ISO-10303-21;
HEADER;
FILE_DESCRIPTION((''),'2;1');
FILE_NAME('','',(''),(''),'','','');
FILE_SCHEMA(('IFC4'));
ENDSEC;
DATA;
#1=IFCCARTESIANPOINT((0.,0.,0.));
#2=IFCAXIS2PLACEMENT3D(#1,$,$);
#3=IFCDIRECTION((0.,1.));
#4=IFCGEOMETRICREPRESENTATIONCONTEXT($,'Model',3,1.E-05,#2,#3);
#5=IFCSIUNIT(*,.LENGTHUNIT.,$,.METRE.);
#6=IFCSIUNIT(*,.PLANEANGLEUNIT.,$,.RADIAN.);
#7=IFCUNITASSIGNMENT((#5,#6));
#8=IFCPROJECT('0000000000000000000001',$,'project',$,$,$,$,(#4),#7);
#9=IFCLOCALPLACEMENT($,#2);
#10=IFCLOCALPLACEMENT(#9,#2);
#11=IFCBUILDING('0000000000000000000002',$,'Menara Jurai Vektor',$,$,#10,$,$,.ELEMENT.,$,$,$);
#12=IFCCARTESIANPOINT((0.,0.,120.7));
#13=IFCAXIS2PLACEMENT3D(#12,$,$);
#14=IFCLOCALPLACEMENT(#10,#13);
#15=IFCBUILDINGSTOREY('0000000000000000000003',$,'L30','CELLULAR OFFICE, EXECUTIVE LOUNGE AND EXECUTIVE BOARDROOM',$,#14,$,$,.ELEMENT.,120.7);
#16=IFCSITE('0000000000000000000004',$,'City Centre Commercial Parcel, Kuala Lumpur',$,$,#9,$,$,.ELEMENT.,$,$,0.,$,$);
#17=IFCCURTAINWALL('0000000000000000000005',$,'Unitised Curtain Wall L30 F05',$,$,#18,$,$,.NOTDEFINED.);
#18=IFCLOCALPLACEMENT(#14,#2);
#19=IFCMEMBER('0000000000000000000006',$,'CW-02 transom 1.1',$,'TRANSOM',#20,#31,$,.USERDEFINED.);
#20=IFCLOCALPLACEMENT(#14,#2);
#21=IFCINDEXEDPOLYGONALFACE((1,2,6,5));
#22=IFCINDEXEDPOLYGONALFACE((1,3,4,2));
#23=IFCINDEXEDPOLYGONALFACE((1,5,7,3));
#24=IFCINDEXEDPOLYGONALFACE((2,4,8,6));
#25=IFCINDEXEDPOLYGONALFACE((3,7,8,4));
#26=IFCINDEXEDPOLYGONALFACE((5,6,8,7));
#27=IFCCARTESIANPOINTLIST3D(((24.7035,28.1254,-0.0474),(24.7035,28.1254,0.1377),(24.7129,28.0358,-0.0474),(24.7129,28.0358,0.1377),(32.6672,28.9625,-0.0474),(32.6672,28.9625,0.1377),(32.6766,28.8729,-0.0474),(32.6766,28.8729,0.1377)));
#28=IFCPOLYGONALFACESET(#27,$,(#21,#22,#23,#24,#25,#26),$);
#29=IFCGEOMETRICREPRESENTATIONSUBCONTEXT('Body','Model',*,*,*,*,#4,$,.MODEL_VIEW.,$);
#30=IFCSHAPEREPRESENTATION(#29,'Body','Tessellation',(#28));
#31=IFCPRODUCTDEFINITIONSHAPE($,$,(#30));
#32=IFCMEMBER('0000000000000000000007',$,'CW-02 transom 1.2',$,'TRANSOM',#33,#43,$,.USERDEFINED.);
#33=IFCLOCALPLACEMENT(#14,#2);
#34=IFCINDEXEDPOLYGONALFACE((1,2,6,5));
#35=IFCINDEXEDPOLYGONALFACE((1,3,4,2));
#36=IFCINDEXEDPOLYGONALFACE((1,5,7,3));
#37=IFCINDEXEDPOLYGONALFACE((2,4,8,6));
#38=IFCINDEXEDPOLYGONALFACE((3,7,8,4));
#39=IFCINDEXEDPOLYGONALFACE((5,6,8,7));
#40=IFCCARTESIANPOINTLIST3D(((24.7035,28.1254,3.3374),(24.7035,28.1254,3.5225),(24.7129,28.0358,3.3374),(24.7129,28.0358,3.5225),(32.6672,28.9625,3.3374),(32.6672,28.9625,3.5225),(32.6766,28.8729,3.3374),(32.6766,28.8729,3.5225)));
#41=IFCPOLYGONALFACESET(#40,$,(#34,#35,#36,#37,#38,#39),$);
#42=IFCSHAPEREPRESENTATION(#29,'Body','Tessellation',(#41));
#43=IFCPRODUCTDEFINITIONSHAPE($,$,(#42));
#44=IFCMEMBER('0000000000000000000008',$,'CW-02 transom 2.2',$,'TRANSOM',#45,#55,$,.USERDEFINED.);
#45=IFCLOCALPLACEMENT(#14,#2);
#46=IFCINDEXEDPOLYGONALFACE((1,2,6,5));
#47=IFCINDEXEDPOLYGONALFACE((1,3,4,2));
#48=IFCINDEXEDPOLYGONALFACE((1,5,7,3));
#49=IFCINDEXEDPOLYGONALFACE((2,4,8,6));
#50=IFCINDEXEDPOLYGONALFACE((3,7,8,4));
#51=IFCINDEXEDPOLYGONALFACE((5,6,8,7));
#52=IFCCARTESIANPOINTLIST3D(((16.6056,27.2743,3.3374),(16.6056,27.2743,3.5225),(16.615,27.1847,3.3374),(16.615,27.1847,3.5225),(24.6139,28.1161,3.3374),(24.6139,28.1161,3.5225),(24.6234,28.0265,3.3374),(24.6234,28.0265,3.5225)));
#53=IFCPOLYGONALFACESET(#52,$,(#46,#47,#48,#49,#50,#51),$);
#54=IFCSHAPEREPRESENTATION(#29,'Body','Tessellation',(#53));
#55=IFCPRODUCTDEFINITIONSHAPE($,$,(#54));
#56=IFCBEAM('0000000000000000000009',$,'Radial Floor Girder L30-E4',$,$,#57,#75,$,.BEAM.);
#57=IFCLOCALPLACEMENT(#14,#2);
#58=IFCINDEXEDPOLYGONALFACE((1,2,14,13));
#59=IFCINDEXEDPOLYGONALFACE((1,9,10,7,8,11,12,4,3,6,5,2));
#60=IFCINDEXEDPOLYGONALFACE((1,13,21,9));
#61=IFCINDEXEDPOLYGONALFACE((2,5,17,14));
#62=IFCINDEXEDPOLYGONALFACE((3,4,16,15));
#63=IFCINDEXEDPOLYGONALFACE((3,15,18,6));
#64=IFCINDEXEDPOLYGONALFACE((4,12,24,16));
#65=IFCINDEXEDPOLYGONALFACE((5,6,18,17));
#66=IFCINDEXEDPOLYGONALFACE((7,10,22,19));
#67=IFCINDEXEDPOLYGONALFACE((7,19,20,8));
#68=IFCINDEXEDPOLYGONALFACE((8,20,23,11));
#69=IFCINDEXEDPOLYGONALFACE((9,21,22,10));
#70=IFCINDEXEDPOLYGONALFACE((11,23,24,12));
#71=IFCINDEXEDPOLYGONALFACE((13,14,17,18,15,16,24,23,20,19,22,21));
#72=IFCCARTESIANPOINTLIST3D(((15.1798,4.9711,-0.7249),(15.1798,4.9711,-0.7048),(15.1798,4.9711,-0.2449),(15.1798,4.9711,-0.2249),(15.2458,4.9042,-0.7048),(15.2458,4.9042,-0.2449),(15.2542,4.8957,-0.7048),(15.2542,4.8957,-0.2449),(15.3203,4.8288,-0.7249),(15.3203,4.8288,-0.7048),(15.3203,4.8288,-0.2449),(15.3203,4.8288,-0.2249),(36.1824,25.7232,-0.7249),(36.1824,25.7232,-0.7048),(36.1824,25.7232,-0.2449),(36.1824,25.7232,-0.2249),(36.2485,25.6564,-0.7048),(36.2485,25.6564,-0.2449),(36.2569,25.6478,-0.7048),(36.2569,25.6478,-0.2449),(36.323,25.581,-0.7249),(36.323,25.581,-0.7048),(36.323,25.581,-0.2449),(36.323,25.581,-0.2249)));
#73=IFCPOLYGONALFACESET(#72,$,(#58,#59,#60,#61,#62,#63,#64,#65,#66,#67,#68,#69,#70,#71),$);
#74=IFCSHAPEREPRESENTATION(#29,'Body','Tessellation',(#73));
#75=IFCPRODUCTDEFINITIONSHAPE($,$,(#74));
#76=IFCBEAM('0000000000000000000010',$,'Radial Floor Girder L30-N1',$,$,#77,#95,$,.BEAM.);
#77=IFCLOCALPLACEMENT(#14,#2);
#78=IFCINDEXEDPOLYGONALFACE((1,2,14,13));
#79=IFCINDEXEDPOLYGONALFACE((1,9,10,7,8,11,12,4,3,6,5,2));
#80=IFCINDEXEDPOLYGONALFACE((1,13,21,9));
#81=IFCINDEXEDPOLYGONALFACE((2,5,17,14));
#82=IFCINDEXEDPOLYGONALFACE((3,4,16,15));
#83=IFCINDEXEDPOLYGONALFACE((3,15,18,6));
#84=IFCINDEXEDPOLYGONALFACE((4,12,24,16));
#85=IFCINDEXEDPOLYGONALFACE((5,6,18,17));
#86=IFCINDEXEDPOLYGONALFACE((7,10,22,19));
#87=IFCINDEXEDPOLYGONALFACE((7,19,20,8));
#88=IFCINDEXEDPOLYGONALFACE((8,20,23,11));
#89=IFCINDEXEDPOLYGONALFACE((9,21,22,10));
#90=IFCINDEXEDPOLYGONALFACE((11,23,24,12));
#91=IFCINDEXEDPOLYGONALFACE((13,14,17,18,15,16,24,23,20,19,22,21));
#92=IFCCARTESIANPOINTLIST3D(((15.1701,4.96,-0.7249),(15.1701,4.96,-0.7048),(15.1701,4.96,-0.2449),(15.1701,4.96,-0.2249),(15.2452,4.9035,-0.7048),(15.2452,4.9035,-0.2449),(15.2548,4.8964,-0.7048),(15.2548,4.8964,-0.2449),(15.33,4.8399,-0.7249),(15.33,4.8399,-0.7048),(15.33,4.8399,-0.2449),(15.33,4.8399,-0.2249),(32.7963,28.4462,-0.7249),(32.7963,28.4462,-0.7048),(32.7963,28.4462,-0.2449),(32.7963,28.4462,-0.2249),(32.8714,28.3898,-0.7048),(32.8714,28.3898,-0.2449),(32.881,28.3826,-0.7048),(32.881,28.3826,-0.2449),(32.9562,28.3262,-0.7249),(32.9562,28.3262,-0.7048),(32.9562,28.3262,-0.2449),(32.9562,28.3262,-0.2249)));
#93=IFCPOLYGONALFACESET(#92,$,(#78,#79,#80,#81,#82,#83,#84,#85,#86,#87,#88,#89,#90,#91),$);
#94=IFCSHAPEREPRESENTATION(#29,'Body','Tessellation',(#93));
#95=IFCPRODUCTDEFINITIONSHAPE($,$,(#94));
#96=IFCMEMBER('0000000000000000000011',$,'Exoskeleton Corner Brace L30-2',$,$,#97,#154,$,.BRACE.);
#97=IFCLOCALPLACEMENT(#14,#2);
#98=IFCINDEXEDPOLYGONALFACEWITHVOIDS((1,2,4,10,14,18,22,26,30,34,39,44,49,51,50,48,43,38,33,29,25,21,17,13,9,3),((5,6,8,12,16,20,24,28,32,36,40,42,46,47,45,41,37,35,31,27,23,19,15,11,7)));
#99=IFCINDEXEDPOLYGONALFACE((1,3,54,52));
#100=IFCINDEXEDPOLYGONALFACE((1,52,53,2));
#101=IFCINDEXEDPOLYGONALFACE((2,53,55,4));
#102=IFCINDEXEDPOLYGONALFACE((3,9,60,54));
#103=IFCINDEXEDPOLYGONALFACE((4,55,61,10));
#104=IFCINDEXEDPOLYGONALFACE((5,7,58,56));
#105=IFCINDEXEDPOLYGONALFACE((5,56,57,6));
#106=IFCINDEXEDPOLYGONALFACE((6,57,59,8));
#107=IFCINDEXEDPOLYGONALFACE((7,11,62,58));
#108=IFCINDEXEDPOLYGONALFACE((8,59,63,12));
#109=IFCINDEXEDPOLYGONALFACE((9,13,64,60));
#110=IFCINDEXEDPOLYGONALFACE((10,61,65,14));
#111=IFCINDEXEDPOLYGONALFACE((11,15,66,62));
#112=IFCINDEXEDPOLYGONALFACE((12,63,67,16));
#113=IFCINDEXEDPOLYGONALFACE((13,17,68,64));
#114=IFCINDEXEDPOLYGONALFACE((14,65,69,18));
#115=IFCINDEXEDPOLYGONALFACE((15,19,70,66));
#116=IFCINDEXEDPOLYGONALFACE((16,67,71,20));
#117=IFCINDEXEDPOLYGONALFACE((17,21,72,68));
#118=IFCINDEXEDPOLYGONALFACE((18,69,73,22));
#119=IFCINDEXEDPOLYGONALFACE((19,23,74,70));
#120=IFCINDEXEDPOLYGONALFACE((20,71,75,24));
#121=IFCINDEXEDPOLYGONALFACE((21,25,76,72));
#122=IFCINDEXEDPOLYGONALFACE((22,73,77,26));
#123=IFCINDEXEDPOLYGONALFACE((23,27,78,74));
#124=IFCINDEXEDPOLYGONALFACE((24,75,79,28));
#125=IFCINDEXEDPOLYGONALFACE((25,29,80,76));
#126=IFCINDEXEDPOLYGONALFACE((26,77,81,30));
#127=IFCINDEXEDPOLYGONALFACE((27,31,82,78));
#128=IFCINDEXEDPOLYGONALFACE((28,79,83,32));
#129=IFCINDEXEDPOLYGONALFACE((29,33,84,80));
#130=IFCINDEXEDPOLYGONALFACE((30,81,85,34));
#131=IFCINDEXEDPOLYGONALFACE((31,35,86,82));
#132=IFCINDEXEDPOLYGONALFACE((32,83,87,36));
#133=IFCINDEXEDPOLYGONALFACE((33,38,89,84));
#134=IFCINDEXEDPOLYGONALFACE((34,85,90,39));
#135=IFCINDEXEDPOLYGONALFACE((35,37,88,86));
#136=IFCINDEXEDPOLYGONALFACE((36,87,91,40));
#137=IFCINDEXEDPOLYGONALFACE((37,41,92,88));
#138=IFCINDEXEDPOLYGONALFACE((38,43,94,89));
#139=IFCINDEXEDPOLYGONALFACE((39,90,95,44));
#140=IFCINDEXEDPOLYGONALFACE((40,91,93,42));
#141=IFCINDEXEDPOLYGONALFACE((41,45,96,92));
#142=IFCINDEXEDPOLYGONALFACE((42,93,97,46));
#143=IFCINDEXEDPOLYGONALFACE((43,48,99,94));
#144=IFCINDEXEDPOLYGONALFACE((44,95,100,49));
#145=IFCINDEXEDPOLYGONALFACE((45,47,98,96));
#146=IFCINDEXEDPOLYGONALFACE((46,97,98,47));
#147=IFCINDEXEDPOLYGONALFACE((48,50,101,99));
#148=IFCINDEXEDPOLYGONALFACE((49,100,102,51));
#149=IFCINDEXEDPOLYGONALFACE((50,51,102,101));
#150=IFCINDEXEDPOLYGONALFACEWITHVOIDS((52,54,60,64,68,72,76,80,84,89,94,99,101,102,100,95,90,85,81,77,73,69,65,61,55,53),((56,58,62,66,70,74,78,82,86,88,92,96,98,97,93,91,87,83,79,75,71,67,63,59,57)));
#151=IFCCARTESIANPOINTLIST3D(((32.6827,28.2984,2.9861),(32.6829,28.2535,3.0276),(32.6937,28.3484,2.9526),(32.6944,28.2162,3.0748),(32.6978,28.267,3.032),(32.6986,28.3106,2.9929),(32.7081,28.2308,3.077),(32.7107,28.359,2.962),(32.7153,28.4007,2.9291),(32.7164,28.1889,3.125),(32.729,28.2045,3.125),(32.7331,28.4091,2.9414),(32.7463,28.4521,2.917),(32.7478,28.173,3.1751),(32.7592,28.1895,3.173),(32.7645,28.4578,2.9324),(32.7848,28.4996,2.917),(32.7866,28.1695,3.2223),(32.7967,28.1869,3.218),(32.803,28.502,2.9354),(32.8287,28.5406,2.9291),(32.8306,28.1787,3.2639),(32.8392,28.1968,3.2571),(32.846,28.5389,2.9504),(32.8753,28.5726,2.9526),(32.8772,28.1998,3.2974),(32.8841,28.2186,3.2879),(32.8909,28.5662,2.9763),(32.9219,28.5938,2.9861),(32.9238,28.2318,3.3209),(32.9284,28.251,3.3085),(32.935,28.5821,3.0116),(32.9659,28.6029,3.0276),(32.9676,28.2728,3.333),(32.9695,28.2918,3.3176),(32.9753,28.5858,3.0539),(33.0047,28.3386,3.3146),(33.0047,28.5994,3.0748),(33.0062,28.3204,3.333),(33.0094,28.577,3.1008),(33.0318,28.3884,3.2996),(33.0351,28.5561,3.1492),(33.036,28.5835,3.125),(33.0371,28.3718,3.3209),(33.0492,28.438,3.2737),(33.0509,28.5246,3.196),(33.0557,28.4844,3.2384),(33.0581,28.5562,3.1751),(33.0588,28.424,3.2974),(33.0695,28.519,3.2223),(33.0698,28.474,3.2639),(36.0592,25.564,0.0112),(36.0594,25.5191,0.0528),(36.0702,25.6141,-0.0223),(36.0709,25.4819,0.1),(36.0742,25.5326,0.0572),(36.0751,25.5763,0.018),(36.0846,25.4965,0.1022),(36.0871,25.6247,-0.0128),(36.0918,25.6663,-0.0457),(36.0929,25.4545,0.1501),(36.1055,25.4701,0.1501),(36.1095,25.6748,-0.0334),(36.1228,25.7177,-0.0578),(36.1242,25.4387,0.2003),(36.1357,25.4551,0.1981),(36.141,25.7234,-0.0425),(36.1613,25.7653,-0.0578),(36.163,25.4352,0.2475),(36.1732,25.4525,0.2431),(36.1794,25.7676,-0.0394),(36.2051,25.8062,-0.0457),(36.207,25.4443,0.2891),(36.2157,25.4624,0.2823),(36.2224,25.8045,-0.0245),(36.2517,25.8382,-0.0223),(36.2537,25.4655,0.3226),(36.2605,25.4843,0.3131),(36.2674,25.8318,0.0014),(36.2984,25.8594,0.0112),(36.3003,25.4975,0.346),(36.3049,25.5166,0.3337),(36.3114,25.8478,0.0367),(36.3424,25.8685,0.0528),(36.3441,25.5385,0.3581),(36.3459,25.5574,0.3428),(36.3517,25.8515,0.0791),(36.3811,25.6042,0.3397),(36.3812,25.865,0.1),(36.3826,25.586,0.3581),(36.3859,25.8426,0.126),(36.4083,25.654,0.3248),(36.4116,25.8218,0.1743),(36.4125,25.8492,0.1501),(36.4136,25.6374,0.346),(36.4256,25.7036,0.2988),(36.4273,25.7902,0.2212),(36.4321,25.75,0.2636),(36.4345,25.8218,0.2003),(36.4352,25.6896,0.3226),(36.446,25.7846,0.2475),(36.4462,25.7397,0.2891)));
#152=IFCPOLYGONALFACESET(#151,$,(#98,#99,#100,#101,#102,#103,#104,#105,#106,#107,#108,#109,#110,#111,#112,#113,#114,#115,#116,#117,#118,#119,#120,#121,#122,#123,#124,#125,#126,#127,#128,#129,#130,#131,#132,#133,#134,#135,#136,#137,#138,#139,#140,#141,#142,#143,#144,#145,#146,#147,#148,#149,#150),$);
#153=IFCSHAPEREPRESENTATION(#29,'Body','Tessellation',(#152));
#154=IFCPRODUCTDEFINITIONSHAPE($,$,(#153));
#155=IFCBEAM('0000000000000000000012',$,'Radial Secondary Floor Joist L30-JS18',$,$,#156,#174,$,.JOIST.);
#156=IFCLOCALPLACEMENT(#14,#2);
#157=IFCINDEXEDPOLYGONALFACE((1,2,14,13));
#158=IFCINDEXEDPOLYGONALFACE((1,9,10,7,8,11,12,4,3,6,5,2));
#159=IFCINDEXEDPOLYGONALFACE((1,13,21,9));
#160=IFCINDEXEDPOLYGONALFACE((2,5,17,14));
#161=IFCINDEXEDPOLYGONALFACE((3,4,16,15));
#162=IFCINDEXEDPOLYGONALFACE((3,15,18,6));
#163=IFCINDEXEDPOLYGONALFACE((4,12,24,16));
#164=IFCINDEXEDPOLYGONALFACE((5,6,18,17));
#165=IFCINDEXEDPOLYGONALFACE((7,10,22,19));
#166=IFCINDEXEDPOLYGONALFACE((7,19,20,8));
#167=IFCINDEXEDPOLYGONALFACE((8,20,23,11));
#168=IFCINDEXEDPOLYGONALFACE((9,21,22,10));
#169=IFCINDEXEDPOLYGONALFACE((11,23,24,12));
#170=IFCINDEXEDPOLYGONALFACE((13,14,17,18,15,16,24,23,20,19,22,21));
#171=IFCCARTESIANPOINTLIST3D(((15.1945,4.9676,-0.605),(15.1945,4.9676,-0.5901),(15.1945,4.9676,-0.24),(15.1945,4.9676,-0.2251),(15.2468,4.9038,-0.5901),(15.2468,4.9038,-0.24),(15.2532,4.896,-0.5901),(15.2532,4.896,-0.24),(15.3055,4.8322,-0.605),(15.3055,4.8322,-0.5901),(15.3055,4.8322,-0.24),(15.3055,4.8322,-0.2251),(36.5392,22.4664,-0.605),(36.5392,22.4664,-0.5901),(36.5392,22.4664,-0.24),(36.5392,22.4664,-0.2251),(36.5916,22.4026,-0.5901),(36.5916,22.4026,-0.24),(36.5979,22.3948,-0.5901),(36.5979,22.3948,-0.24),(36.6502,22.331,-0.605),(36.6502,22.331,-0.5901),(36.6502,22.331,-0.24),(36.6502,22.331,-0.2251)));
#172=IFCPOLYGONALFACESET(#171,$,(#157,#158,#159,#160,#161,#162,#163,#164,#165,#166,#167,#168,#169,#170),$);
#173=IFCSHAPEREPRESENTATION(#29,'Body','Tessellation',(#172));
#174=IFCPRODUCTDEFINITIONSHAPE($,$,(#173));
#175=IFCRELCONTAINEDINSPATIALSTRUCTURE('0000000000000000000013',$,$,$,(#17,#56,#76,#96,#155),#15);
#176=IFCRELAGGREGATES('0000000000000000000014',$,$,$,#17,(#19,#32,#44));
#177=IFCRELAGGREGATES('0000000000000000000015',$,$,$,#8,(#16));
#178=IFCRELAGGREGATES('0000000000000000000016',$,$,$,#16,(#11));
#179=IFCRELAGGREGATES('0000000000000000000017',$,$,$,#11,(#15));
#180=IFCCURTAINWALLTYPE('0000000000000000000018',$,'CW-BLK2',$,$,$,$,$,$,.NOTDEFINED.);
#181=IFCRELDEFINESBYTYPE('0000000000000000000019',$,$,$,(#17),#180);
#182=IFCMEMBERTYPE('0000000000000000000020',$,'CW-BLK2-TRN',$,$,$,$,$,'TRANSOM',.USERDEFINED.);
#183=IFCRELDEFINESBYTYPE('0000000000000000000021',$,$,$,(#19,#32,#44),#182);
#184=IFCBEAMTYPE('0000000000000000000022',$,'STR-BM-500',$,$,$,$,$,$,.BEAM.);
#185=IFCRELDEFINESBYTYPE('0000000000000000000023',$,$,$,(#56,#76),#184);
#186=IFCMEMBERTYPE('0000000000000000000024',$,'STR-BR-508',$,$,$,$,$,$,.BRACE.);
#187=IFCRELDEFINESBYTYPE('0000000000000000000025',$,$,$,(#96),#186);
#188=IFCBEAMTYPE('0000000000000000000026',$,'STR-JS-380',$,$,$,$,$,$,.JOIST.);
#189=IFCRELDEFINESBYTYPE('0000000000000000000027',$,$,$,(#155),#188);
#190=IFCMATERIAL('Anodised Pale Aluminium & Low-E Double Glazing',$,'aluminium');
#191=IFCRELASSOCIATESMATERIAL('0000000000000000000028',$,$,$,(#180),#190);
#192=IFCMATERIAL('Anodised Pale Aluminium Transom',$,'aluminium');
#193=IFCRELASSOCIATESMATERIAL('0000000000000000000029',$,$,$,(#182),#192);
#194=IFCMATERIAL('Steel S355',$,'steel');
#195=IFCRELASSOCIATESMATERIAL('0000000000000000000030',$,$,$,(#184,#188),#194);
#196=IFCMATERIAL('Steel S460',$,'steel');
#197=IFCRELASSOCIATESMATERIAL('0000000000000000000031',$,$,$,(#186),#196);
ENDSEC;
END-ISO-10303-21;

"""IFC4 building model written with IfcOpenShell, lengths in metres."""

from ifc_helpers import new_model, si_unit, direction, frame, origin, origin_2d, place, context, subcontext, project, spatial, rectangle, hollow_circle, i_section, extrude, material, material_profile, profile_set, type_object, element, aggregate, save


model = new_model("IFC4")

# Units and contexts
model_context = context("Model", 3, precision=1e-05, world=origin(), true_north=direction((0.0, 1.0)))
body_context = subcontext(model_context, "Body", "Model", "MODEL_VIEW")
ifc_project = project(units=[si_unit("LENGTHUNIT", "METRE"), si_unit("PLANEANGLEUNIT", "RADIAN")], contexts=[model_context])

# Site, building, storey
site_placement = place(None, origin())
site = spatial("IfcSite", under=ifc_project, at=site_placement, Name="City Centre Commercial Parcel, Kuala Lumpur", CompositionType="ELEMENT", RefElevation=0.0)
building_placement = place(site_placement, origin())
building = spatial("IfcBuilding", under=site, at=building_placement, Name="Menara Jurai Vektor", CompositionType="ELEMENT")
storey_placement = place(building_placement, frame((0.0, 0.0, 120.7)))
storey = spatial("IfcBuildingStorey", under=building, at=storey_placement, Name="L30", Description="CELLULAR OFFICE, EXECUTIVE LOUNGE AND EXECUTIVE BOARDROOM", CompositionType="ELEMENT", Elevation=120.7)

# Shared definitions
ifc_material_1 = material(Name="Steel S460", Category="steel")

# Shared definitions
ifc_material_2 = material(Name="Anodised Pale Aluminium & Low-E Double Glazing", Category="aluminium")
curtain_wall_type = type_object("IfcCurtainWallType", Name="CW-BLK2", PredefinedType="NOTDEFINED", material=ifc_material_2)

# Curtain wall
curtain_wall_1_placement = place(storey_placement, origin())
curtain_wall_1 = element("IfcCurtainWall", 1, at=curtain_wall_1_placement, inside=storey, type_object=curtain_wall_type, Name="Unitised Curtain Wall L30 F05", PredefinedType="NOTDEFINED")

# Members
ifc_material_3 = material(Name="Anodised Pale Aluminium Transom", Category="aluminium")
ifc_material_profile_1 = material_profile(ifc_material_3, rectangle(XDim=0.0901, YDim=0.1851, at=origin_2d()), Name="ALU TRN 90x185")
ifc_profile_set_1 = profile_set([ifc_material_profile_1], Name="Anodised Pale Aluminium Transom")
member_type_1 = type_object("IfcMemberType", Name="CW-BLK2-TRN", ElementType="TRANSOM", PredefinedType="USERDEFINED", material=ifc_profile_set_1)
member_1_placement = place(storey_placement, frame((32.6719, 28.9177, 0.0452), z_axis=(-0.99452, -0.104547, 0.0), x_axis=(0.104547, -0.99452, 0.0)))
member_1 = element("IfcMember", 2, at=member_1_placement, type_object=member_type_1, Name="CW-02 transom 1.1", ObjectType="TRANSOM", PredefinedType="USERDEFINED", context=body_context, shape_type="SweptSolid", body=[
    extrude(rectangle(XDim=0.0901, YDim=0.1851, at=origin_2d()), origin(), (0.0, 0.0, 1.0), 8.0076),
])
member_2_placement = place(storey_placement, frame((32.6719, 28.9177, 3.4299), z_axis=(-0.99452, -0.104547, 0.0), x_axis=(0.104547, -0.99452, 0.0)))
member_2 = element("IfcMember", 3, at=member_2_placement, type_object=member_type_1, Name="CW-02 transom 1.2", ObjectType="TRANSOM", PredefinedType="USERDEFINED", context=body_context, shape_type="SweptSolid", body=[
    extrude(rectangle(XDim=0.0901, YDim=0.1851, at=origin_2d()), origin(), (0.0, 0.0, 1.0), 8.0076),
])
member_3_placement = place(storey_placement, frame((24.6187, 28.0713, 3.4299), z_axis=(-0.994521, -0.10454, 0.0), x_axis=(0.10454, -0.994521, 0.0)))
member_3 = element("IfcMember", 4, at=member_3_placement, type_object=member_type_1, Name="CW-02 transom 2.2", ObjectType="TRANSOM", PredefinedType="USERDEFINED", context=body_context, shape_type="SweptSolid", body=[
    extrude(rectangle(XDim=0.0901, YDim=0.1851, at=origin_2d()), origin(), (0.0, 0.0, 1.0), 8.0525),
])

# Beams
ifc_material_4 = material(Name="Steel S355", Category="steel")
ifc_material_profile_2 = material_profile(ifc_material_4, i_section(OverallWidth=0.2, OverallDepth=0.5, WebThickness=0.012, FlangeThickness=0.02, at=origin_2d()), Name="PG 500x200x96")
ifc_profile_set_2 = profile_set([ifc_material_profile_2], Name="Steel S355")
beam_type_1 = type_object("IfcBeamType", Name="STR-BM-500", PredefinedType="BEAM", material=ifc_profile_set_2)
beam_1_placement = place(storey_placement, frame((36.2527, 25.6521, -0.4749), z_axis=(-0.711336, -0.702852, 0.0), x_axis=(0.702852, -0.711336, 0.0)))
element("IfcBeam", 5, at=beam_1_placement, inside=storey, type_object=beam_type_1, Name="Radial Floor Girder L30-E4", PredefinedType="BEAM", context=body_context, shape_type="SweptSolid", body=[
    extrude(i_section(OverallWidth=0.2, OverallDepth=0.5, WebThickness=0.012, FlangeThickness=0.02, at=origin_2d()), origin(), (0.0, 0.0, 1.0), 29.5256),
])
beam_2_placement = place(storey_placement, frame((32.8762, 28.3862, -0.4749), z_axis=(-0.60025, -0.799812, 0.0), x_axis=(0.799812, -0.60025, 0.0)))
element("IfcBeam", 6, at=beam_2_placement, inside=storey, type_object=beam_type_1, Name="Radial Floor Girder L30-N1", PredefinedType="BEAM", context=body_context, shape_type="SweptSolid", body=[
    extrude(i_section(OverallWidth=0.2, OverallDepth=0.5, WebThickness=0.012, FlangeThickness=0.02, at=origin_2d()), origin(), (0.0, 0.0, 1.0), 29.3647),
])

# Member
ifc_material_profile_3 = material_profile(ifc_material_1, hollow_circle(Radius=0.2539, WallThickness=0.02, at=origin_2d()), Name="CHS 508x20")
ifc_profile_set_3 = profile_set([ifc_material_profile_3], Name="Steel S460")
member_type_2 = type_object("IfcMemberType", Name="STR-BR-508", PredefinedType="BRACE", material=ifc_profile_set_3)
member_4_placement = place(storey_placement, frame((36.2527, 25.6519, 0.1501), z_axis=(-0.641225, 0.519285, 0.564955), x_axis=(-0.629344, -0.777127, 0.0)))
element("IfcMember", 7, at=member_4_placement, inside=storey, type_object=member_type_2, Name="Exoskeleton Corner Brace L30-2", PredefinedType="BRACE", context=body_context, shape_type="SweptSolid", body=[
    extrude(hollow_circle(Radius=0.2539, WallThickness=0.02, at=origin_2d()), origin(), (0.0, 0.0, 1.0), 5.2656),
])

# Beam
ifc_material_profile_4 = material_profile(ifc_material_4, i_section(OverallWidth=0.175, OverallDepth=0.3799, WebThickness=0.01, FlangeThickness=0.0149, at=origin_2d()), Name="PG 380x175x58")
ifc_profile_set_4 = profile_set([ifc_material_profile_4], Name="Steel S355")
beam_type_2 = type_object("IfcBeamType", Name="STR-JS-380", PredefinedType="JOIST", material=ifc_profile_set_4)
beam_3_placement = place(storey_placement, frame((36.5947, 22.3987, -0.415), z_axis=(-0.773337, -0.633995, 0.0), x_axis=(0.633995, -0.773337, 0.0)))
element("IfcBeam", 8, at=beam_3_placement, inside=storey, type_object=beam_type_2, Name="Radial Secondary Floor Joist L30-JS18", PredefinedType="JOIST", context=body_context, shape_type="SweptSolid", body=[
    extrude(i_section(OverallWidth=0.175, OverallDepth=0.3799, WebThickness=0.01, FlangeThickness=0.0149, at=origin_2d()), origin(), (0.0, 0.0, 1.0), 27.6008),
])

aggregate(curtain_wall_1, [member_1, member_2, member_3])

save(model, "model.ifc")
